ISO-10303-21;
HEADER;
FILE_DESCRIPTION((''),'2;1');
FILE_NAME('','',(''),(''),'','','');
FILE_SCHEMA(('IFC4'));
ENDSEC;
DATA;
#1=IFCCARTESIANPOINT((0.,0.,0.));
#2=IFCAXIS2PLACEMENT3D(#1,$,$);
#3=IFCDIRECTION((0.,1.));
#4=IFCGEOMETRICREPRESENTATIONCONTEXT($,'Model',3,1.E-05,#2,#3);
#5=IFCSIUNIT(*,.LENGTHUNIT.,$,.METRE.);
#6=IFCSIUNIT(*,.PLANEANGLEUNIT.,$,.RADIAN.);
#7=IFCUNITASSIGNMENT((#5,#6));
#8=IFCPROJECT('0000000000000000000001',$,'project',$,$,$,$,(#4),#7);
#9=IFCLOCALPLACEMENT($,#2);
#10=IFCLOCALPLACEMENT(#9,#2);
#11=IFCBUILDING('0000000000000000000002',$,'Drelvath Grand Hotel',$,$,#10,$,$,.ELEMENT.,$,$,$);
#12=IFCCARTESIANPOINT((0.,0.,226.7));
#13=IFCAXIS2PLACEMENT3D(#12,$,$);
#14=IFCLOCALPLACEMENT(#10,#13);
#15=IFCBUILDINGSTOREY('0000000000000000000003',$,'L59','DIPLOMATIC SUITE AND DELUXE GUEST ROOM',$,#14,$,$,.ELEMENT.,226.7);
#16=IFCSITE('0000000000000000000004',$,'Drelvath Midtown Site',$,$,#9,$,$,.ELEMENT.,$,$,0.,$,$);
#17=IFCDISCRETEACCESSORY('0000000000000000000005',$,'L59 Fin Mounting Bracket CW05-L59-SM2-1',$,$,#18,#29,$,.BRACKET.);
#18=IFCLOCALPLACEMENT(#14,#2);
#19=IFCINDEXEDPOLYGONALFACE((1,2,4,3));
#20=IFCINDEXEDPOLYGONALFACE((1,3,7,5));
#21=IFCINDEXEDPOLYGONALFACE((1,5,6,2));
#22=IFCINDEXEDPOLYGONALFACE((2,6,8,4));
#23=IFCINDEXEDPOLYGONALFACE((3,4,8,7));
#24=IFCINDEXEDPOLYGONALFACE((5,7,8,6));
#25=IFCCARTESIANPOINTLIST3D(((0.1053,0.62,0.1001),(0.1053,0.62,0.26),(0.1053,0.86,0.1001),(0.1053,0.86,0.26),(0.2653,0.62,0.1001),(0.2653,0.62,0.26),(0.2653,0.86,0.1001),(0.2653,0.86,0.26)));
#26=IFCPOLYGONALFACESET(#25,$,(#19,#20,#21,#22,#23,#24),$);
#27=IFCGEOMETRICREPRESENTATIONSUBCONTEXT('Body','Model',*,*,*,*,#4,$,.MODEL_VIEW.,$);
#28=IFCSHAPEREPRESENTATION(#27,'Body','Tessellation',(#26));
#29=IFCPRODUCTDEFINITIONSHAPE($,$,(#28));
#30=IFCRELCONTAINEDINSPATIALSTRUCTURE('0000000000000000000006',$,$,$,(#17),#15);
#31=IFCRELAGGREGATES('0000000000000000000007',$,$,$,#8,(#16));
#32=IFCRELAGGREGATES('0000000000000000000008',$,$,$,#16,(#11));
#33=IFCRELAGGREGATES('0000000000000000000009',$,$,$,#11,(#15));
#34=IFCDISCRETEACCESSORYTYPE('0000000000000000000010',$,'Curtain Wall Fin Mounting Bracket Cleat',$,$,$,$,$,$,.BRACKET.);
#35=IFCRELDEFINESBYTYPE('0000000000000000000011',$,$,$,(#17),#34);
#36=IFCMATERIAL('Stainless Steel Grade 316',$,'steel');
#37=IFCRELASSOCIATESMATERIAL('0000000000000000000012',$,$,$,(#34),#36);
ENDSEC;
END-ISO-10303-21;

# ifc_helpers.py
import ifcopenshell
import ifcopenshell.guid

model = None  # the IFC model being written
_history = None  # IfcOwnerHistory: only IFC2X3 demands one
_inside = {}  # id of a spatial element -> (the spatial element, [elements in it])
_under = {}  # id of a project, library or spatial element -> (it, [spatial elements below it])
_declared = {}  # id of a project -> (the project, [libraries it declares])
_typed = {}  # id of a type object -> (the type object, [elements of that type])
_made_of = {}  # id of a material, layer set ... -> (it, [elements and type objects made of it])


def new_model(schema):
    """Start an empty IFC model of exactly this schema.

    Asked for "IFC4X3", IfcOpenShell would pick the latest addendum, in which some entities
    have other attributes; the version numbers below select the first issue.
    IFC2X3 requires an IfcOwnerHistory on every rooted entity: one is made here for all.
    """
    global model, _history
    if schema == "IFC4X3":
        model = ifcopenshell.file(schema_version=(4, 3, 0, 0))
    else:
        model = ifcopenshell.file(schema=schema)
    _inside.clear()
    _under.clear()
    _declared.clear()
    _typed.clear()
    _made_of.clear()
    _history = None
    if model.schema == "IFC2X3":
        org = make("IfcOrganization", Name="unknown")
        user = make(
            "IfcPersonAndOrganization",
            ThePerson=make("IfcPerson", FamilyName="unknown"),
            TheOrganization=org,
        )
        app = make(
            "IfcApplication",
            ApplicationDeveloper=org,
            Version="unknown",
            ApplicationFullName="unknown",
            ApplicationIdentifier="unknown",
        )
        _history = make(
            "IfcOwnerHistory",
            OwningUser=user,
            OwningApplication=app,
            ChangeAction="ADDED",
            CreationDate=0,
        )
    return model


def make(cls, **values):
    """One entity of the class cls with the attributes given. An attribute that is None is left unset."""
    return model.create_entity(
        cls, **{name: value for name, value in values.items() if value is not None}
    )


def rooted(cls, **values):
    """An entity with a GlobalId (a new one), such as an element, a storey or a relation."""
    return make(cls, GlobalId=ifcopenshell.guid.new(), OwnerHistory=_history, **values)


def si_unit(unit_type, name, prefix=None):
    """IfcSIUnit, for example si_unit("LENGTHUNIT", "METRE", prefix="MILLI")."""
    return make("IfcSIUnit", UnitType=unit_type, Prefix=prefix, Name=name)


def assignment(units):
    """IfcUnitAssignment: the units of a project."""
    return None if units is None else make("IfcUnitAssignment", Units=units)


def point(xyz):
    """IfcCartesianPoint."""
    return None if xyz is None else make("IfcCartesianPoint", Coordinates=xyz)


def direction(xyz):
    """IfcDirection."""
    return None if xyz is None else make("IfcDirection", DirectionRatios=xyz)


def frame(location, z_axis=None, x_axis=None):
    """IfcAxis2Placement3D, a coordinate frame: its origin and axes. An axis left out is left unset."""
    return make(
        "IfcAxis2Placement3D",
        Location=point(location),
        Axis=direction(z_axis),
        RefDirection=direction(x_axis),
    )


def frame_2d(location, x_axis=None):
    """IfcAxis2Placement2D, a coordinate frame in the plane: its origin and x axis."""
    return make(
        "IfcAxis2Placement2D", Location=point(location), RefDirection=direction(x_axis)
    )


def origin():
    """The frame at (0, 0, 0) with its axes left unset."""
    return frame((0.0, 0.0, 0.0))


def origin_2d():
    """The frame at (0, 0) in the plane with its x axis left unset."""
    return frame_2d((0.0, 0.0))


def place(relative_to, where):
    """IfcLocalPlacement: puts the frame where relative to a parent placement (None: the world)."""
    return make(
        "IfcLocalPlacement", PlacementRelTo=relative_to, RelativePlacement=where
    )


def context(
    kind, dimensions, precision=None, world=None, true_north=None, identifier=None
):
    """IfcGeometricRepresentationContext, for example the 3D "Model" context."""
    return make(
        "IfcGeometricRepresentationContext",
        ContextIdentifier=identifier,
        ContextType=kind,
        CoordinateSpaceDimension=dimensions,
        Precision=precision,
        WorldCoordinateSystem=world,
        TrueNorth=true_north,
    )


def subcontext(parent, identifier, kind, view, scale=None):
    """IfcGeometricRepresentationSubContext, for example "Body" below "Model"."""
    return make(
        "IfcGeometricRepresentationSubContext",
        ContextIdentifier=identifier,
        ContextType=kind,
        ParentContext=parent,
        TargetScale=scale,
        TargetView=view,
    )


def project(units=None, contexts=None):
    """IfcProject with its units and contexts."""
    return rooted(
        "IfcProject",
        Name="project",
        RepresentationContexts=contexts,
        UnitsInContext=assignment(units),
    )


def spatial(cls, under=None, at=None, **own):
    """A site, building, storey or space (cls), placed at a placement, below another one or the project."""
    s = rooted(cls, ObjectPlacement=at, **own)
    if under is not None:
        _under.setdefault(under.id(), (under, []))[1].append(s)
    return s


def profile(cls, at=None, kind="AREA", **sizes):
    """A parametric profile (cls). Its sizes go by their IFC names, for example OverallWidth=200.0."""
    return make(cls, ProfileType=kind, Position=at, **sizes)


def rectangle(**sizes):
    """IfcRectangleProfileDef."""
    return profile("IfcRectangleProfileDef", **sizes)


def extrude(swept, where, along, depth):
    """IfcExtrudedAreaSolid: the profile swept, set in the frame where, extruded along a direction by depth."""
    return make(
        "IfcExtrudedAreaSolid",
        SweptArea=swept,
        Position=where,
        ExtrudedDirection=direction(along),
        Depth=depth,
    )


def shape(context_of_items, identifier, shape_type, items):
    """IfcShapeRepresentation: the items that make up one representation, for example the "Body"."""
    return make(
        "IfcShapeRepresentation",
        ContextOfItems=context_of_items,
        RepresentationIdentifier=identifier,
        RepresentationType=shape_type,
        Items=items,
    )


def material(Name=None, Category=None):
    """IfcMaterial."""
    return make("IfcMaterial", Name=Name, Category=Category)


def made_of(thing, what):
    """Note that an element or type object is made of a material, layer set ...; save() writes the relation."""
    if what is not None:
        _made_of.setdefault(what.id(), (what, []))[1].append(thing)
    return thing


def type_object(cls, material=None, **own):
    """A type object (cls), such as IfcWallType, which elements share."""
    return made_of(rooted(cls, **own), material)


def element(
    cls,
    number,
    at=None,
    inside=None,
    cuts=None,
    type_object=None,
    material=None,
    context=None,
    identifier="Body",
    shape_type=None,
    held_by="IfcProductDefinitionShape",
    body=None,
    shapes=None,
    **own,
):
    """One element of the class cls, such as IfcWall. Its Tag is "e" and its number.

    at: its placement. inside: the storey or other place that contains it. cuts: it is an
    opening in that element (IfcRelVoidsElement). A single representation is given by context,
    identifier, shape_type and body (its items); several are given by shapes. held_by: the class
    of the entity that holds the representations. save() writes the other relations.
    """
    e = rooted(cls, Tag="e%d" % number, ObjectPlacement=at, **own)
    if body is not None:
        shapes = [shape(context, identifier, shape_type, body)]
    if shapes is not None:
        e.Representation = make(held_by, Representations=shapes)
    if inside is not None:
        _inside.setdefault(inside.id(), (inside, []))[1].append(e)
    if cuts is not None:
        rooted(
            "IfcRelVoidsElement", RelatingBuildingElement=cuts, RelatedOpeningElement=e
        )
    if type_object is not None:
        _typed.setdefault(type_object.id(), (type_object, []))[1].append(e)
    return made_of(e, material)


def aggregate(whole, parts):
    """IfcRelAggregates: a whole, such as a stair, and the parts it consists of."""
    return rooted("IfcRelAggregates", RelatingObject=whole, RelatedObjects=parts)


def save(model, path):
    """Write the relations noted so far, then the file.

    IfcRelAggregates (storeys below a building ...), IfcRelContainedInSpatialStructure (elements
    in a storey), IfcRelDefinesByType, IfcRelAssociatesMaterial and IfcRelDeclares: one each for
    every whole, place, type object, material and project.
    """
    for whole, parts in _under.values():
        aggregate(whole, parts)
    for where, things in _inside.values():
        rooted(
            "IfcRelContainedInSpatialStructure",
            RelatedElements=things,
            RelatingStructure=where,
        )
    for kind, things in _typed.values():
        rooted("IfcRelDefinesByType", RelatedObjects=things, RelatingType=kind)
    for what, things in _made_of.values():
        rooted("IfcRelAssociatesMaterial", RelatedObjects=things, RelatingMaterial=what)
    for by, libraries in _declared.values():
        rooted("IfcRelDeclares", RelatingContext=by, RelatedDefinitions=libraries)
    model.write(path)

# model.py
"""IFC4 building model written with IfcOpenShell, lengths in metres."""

from ifc_helpers import new_model, si_unit, direction, frame, origin, origin_2d, place, context, subcontext, project, spatial, rectangle, extrude, material, type_object, element, save


model = new_model("IFC4")

# Units and contexts
model_context = context("Model", 3, precision=1e-05, world=origin(), true_north=direction((0.0, 1.0)))
body_context = subcontext(model_context, "Body", "Model", "MODEL_VIEW")
ifc_project = project(units=[si_unit("LENGTHUNIT", "METRE"), si_unit("PLANEANGLEUNIT", "RADIAN")], contexts=[model_context])

# Site, building, storey
site_placement = place(None, origin())
site = spatial("IfcSite", under=ifc_project, at=site_placement, Name="Drelvath Midtown Site", CompositionType="ELEMENT", RefElevation=0.0)
building_placement = place(site_placement, origin())
building = spatial("IfcBuilding", under=site, at=building_placement, Name="Drelvath Grand Hotel", CompositionType="ELEMENT")
storey_placement = place(building_placement, frame((0.0, 0.0, 226.7)))
storey = spatial("IfcBuildingStorey", under=building, at=storey_placement, Name="L59", Description="DIPLOMATIC SUITE AND DELUXE GUEST ROOM", CompositionType="ELEMENT", Elevation=226.7)

# Discrete accessory
ifc_material_1 = material(Name="Stainless Steel Grade 316", Category="steel")
discrete_accessory_type = type_object("IfcDiscreteAccessoryType", Name="Curtain Wall Fin Mounting Bracket Cleat", PredefinedType="BRACKET", material=ifc_material_1)
discrete_accessory_placement = place(storey_placement, frame((0.1853, 0.74, 0.1001), z_axis=(0.0, 0.0, 1.0), x_axis=(-1.0, 0.0, 0.0)))
element("IfcDiscreteAccessory", 1, at=discrete_accessory_placement, inside=storey, type_object=discrete_accessory_type, Name="L59 Fin Mounting Bracket CW05-L59-SM2-1", PredefinedType="BRACKET", context=body_context, shape_type="SweptSolid", body=[
    extrude(rectangle(XDim=0.1599, YDim=0.24, at=origin_2d()), origin(), (0.0, 0.0, 1.0), 0.1599),
])

save(model, "model.ifc")
